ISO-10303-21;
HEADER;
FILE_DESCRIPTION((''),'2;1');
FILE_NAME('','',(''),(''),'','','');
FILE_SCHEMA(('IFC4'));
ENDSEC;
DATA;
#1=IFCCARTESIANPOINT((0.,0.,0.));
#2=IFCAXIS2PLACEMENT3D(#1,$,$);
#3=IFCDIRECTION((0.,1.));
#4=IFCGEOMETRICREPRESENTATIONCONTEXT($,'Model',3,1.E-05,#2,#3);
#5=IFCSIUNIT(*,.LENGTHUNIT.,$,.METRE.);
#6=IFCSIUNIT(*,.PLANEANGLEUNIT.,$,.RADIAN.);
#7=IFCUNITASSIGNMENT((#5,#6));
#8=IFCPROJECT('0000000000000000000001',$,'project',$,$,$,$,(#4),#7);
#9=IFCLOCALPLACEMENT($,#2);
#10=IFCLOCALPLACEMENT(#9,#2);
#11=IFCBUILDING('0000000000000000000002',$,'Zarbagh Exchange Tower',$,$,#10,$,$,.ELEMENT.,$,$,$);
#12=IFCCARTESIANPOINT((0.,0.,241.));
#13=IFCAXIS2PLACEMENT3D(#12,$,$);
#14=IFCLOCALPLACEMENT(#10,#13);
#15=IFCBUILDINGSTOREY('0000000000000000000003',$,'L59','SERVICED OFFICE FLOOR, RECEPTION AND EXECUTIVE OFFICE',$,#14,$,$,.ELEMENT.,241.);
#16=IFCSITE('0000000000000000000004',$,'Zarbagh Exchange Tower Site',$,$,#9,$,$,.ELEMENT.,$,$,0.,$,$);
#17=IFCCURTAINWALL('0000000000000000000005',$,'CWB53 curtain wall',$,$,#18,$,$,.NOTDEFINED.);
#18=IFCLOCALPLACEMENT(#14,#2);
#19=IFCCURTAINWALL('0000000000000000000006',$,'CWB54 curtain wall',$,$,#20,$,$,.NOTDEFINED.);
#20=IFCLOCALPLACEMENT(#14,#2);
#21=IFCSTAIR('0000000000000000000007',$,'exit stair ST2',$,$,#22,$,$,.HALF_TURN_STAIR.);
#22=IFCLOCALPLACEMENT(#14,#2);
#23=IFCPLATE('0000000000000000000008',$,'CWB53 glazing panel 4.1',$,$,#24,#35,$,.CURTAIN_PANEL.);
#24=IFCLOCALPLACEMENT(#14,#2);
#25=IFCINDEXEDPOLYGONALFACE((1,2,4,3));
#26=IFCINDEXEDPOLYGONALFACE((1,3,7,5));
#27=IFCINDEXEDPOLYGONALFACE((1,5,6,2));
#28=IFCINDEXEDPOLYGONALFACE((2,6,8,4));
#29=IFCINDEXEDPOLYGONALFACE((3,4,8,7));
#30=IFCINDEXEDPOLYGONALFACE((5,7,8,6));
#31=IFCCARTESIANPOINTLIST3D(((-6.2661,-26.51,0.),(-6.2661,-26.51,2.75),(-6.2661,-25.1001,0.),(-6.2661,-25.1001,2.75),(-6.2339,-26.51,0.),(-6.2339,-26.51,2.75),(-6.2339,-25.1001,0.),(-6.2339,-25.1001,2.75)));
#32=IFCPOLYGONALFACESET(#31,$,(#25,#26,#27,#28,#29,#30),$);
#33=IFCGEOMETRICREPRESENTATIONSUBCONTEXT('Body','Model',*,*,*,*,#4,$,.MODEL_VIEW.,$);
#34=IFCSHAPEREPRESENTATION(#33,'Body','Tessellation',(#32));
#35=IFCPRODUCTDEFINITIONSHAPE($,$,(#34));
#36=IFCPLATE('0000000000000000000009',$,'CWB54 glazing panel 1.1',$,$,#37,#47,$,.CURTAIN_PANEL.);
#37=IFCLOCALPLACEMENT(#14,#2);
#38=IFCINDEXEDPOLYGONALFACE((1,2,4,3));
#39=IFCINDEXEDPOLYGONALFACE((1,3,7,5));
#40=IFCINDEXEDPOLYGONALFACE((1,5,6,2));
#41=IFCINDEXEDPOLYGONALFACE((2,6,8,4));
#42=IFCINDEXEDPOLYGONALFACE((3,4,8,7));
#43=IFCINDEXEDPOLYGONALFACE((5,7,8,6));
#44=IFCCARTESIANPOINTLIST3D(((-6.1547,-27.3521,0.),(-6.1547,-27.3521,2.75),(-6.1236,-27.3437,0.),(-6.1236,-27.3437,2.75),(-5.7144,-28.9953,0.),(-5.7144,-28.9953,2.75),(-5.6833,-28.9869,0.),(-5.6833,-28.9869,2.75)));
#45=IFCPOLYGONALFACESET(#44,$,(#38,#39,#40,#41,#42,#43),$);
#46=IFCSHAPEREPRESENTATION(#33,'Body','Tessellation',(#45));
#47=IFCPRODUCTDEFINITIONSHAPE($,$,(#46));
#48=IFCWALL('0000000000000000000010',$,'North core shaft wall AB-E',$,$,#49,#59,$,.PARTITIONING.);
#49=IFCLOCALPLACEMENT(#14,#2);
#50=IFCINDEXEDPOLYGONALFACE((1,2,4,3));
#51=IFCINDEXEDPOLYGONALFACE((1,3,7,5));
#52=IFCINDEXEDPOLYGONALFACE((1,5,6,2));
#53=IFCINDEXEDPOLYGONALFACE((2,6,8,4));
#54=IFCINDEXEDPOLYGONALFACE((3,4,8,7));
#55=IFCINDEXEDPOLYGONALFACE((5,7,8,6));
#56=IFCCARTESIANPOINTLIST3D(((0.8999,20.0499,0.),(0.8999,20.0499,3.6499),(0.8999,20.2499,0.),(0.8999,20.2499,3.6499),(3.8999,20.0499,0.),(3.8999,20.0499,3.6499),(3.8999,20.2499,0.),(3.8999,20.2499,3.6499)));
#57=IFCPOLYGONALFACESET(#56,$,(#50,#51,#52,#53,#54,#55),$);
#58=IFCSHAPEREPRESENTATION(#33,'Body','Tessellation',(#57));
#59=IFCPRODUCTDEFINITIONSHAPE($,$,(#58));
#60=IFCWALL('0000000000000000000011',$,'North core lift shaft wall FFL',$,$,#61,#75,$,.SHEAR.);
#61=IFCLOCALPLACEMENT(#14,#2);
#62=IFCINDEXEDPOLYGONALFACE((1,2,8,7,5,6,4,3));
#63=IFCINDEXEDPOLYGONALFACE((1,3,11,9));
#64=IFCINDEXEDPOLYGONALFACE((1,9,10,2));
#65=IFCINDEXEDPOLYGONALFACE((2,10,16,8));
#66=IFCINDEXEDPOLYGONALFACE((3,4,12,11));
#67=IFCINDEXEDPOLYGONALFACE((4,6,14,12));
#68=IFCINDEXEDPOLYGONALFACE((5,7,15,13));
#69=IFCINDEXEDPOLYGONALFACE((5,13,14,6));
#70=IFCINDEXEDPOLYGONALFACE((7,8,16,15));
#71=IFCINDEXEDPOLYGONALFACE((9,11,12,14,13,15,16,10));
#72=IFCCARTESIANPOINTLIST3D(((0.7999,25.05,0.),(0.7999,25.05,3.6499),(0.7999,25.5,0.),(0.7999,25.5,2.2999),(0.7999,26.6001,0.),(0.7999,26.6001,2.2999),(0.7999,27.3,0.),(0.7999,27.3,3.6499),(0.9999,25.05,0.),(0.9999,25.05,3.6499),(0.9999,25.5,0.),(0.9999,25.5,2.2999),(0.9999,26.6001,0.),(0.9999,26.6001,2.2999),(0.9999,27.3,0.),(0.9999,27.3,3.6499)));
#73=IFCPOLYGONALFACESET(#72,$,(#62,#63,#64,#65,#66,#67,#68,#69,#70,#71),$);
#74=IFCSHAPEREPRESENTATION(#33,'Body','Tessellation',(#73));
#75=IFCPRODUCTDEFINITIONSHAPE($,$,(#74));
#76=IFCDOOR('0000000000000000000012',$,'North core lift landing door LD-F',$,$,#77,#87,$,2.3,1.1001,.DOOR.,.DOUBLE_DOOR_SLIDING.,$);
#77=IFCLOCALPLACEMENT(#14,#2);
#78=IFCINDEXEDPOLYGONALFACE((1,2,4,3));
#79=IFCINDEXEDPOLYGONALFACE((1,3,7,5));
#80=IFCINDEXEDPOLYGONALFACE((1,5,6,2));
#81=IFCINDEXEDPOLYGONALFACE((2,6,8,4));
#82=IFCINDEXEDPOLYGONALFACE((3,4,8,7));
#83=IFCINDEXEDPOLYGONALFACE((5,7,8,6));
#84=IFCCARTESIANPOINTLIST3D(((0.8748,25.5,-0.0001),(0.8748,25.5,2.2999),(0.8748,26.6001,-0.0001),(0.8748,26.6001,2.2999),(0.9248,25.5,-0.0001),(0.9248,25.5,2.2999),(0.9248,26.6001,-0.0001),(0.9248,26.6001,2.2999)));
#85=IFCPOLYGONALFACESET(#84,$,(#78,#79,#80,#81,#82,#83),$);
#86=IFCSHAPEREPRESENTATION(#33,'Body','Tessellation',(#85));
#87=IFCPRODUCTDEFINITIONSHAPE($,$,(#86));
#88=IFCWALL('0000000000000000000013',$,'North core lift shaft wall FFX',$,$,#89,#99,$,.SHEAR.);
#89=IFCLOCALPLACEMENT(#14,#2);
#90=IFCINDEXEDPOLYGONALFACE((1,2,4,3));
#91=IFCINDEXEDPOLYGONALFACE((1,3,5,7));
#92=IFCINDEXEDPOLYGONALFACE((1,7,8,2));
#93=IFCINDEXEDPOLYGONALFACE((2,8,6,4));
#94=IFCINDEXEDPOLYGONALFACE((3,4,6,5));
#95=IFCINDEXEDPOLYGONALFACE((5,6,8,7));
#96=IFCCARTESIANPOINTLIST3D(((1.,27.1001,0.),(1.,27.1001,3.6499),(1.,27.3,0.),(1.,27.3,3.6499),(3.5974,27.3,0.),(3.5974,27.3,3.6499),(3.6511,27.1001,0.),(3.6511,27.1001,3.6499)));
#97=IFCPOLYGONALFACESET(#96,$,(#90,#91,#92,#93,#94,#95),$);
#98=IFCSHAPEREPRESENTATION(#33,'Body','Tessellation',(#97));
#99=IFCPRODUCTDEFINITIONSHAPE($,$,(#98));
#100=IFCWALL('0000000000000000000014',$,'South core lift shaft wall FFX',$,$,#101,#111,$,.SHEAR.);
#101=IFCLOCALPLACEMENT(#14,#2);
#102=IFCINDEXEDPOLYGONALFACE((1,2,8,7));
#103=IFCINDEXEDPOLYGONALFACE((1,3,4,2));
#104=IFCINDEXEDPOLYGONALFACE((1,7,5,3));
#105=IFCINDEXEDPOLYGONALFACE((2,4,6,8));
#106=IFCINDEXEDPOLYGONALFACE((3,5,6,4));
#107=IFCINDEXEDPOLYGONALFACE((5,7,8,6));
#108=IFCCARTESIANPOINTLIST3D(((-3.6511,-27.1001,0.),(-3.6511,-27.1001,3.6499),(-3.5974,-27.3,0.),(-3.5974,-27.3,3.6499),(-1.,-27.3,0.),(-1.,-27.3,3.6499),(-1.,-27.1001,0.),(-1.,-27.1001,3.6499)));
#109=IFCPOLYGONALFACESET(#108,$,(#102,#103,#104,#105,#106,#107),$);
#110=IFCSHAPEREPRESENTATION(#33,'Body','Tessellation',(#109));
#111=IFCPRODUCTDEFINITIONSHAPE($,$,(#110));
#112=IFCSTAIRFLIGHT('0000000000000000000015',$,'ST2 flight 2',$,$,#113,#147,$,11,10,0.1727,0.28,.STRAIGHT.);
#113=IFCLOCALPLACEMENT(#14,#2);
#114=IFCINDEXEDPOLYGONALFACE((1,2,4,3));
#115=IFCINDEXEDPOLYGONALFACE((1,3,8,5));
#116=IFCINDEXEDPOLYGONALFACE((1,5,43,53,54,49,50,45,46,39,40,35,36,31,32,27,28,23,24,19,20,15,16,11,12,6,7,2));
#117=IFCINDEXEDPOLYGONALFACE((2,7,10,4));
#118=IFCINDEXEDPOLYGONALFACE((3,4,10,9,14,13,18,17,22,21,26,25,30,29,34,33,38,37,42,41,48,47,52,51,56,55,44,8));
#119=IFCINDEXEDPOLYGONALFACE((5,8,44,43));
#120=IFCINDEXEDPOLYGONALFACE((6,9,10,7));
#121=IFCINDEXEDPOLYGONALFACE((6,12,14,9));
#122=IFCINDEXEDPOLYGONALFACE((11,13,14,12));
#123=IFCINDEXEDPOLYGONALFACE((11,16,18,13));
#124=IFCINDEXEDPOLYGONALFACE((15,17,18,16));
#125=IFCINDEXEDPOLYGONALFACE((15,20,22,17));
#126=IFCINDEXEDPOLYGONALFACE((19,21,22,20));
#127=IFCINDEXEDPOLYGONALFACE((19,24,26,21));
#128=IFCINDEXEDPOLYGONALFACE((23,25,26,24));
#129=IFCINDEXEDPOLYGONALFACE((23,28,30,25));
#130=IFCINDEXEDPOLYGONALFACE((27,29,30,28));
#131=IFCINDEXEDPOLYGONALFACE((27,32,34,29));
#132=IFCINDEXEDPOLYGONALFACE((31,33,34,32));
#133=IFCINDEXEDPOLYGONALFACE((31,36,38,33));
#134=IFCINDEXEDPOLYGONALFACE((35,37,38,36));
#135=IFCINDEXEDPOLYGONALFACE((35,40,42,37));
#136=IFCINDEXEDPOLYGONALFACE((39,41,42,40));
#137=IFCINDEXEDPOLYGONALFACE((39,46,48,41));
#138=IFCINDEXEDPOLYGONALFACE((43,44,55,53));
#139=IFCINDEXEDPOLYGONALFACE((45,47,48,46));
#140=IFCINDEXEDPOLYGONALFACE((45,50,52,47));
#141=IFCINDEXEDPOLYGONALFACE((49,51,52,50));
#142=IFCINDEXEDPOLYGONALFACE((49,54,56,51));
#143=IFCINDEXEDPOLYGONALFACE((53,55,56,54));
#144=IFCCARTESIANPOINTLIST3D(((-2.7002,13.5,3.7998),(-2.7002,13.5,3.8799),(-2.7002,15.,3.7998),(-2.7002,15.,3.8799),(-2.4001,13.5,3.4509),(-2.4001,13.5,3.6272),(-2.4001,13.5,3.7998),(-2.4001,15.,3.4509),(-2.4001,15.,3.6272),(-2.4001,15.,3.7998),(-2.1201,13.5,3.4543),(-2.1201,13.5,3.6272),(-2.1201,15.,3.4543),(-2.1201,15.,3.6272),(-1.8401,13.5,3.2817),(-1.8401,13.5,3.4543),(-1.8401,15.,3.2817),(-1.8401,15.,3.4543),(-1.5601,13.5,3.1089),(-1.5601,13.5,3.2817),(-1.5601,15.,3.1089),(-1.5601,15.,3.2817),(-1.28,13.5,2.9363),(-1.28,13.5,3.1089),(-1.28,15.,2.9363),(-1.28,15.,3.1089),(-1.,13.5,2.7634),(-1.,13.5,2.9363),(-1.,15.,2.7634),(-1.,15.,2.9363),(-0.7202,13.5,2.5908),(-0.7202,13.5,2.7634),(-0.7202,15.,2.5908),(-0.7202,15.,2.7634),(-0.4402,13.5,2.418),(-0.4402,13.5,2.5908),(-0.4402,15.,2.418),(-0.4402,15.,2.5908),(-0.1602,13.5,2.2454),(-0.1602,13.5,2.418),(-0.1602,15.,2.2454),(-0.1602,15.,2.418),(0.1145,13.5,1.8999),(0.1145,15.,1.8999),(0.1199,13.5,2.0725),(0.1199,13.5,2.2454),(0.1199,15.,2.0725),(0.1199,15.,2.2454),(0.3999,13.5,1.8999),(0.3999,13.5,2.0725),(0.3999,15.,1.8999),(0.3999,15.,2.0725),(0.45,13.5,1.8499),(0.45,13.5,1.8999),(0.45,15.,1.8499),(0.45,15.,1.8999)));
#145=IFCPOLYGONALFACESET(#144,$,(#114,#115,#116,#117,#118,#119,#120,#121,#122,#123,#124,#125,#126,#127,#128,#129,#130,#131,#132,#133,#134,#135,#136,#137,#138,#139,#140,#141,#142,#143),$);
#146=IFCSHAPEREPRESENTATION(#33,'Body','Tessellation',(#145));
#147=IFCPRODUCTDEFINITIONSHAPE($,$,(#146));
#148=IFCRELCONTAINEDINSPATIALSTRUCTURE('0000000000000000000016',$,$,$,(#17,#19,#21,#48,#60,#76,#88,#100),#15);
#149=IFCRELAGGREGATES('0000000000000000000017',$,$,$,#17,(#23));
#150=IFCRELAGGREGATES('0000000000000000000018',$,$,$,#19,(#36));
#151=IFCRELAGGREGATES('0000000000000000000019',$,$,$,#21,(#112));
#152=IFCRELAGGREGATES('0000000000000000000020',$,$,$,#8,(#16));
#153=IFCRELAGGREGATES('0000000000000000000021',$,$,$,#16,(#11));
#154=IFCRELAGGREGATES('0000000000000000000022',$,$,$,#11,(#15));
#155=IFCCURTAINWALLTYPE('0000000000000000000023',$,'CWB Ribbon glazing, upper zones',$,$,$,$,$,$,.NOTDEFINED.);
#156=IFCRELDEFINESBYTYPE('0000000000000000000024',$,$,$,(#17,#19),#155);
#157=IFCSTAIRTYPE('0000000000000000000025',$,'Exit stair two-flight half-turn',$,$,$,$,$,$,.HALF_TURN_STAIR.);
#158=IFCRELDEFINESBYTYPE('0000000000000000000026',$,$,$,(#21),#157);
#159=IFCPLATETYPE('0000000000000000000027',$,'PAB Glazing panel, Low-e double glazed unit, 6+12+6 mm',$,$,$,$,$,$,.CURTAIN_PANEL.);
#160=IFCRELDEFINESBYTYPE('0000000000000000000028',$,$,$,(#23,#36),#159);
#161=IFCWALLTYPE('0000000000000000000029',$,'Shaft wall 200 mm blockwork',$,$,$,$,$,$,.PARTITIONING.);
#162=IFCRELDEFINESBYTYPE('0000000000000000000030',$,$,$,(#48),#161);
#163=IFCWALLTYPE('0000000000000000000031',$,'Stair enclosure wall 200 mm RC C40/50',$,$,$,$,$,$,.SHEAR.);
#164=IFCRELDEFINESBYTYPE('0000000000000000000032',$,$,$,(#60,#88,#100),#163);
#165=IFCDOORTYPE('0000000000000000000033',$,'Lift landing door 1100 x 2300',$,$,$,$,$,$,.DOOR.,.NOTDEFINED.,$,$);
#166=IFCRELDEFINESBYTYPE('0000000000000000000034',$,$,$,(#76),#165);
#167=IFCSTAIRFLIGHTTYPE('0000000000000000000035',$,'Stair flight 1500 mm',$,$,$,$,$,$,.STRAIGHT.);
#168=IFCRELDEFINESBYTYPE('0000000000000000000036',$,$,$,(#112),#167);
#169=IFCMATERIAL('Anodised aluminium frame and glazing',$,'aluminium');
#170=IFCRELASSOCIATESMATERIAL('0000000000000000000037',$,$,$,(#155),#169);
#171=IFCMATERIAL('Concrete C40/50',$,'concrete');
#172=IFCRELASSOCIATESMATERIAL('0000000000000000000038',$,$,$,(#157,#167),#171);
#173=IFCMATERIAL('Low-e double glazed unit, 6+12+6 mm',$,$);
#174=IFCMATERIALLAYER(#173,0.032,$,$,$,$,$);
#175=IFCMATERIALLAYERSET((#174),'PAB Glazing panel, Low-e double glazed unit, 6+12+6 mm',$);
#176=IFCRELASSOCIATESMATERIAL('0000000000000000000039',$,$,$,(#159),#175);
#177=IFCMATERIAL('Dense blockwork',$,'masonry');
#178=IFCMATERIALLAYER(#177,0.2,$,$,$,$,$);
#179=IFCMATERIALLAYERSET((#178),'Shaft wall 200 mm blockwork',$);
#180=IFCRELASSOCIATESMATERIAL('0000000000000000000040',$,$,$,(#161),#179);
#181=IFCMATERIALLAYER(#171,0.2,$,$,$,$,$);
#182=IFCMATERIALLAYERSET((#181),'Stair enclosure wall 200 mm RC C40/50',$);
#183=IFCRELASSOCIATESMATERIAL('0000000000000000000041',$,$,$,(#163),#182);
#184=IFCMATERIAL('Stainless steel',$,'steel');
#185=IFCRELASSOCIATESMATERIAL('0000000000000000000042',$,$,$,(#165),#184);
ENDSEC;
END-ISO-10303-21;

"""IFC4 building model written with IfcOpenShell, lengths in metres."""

from ifc_helpers import new_model, si_unit, direction, frame, frame_2d, origin, place, context, subcontext, project, spatial, polyline, rectangle, outline, extrude, source, transform, mapped, material, layer, layer_set, type_object, element, fill, aggregate, save


model = new_model("IFC4")

# Units and contexts
model_context = context("Model", 3, precision=1e-05, world=origin(), true_north=direction((0.0, 1.0)))
body_context = subcontext(model_context, "Body", "Model", "MODEL_VIEW")
ifc_project = project(units=[si_unit("LENGTHUNIT", "METRE"), si_unit("PLANEANGLEUNIT", "RADIAN")], contexts=[model_context])

# Site, building, storey
site_placement = place(None, origin())
site = spatial("IfcSite", under=ifc_project, at=site_placement, Name="Zarbagh Exchange Tower Site", CompositionType="ELEMENT", RefElevation=0.0)
building_placement = place(site_placement, origin())
building = spatial("IfcBuilding", under=site, at=building_placement, Name="Zarbagh Exchange Tower", CompositionType="ELEMENT")
storey_placement = place(building_placement, frame((0.0, 0.0, 241.0)))
storey = spatial("IfcBuildingStorey", under=building, at=storey_placement, Name="L59", Description="SERVICED OFFICE FLOOR, RECEPTION AND EXECUTIVE OFFICE", CompositionType="ELEMENT", Elevation=241.0)

# Curtain wall
ifc_material_1 = material(Name="Anodised aluminium frame and glazing", Category="aluminium")
curtain_wall_type = type_object("IfcCurtainWallType", Name="CWB Ribbon glazing, upper zones", PredefinedType="NOTDEFINED", material=ifc_material_1)
curtain_wall_1_placement = place(storey_placement, origin())
curtain_wall_1 = element("IfcCurtainWall", 1, at=curtain_wall_1_placement, inside=storey, type_object=curtain_wall_type, Name="CWB53 curtain wall", PredefinedType="NOTDEFINED")
placement = place(storey_placement, origin())

# Curtain wall
curtain_wall_2_placement = place(storey_placement, origin())
curtain_wall_2 = element("IfcCurtainWall", 2, at=curtain_wall_2_placement, inside=storey, type_object=curtain_wall_type, Name="CWB54 curtain wall", PredefinedType="NOTDEFINED")

# Stair
ifc_material_2 = material(Name="Concrete C40/50", Category="concrete")
stair_type = type_object("IfcStairType", Name="Exit stair two-flight half-turn", PredefinedType="HALF_TURN_STAIR", material=ifc_material_2)
stair_1_placement = place(storey_placement, origin())
stair_1 = element("IfcStair", 3, at=stair_1_placement, inside=storey, type_object=stair_type, Name="exit stair ST2", PredefinedType="HALF_TURN_STAIR")

# Shared definitions
ifc_material_3 = material(Name="Low-e double glazed unit, 6+12+6 mm")
ifc_layer_1 = layer(ifc_material_3, 0.032)
ifc_layer_set_1 = layer_set([ifc_layer_1], Name="PAB Glazing panel, Low-e double glazed unit, 6+12+6 mm")
plate_type = type_object("IfcPlateType", Name="PAB Glazing panel, Low-e double glazed unit, 6+12+6 mm", PredefinedType="CURTAIN_PANEL", material=ifc_layer_set_1)

# Plates
shared_shape_1 = source(origin(), body_context, "Body", "SweptSolid", [
    extrude(outline(polyline([(0.0, -0.0161), (1.4099, -0.0161), (1.4099, 0.0161), (0.0, 0.0161), (0.0, -0.0161)])), origin(), (0.0, 0.0, 1.0), 2.75),
])
plate_1 = element("IfcPlate", 4, at=placement, type_object=plate_type, Name="CWB53 glazing panel 4.1", PredefinedType="CURTAIN_PANEL", context=body_context, shape_type="MappedRepresentation", body=[
    mapped(shared_shape_1, transform((-6.25, -25.1001, 0.0), x_axis=(0.0, -1.0, 0.0), y_axis=(1.0, 0.0, 0.0), z_axis=(0.0, 0.0, 1.0))),
])
aggregate(curtain_wall_1, [plate_1])
shared_shape_2 = source(origin(), body_context, "Body", "SweptSolid", [
    extrude(outline(polyline([(0.0, -0.0161), (1.7012, -0.0161), (1.7012, 0.0161), (0.0, 0.0161), (0.0, -0.0161)])), origin(), (0.0, 0.0, 1.0), 2.75),
])
plate_2 = element("IfcPlate", 5, at=placement, type_object=plate_type, Name="CWB54 glazing panel 1.1", PredefinedType="CURTAIN_PANEL", context=body_context, shape_type="MappedRepresentation", body=[
    mapped(shared_shape_2, transform((-6.1392, -27.3479, 0.0), x_axis=(0.258825, -0.965924, 0.0), y_axis=(0.965924, 0.258825, 0.0), z_axis=(0.0, 0.0, 1.0))),
])
aggregate(curtain_wall_2, [plate_2])

# Wall
ifc_material_4 = material(Name="Dense blockwork", Category="masonry")
ifc_layer_2 = layer(ifc_material_4, 0.2)
ifc_layer_set_2 = layer_set([ifc_layer_2], Name="Shaft wall 200 mm blockwork")
wall_type_1 = type_object("IfcWallType", Name="Shaft wall 200 mm blockwork", PredefinedType="PARTITIONING", material=ifc_layer_set_2)
wall_1_placement = place(storey_placement, frame((0.8999, 20.1499, 0.0), z_axis=(0.0, 0.0, 1.0), x_axis=(1.0, 0.0, 0.0)))
element("IfcWall", 6, at=wall_1_placement, inside=storey, type_object=wall_type_1, Name="North core shaft wall AB-E", PredefinedType="PARTITIONING", context=body_context, shape_type="SweptSolid", body=[
    extrude(rectangle(XDim=3.0, YDim=0.2, at=frame_2d((1.5, 0.0))), origin(), (0.0, 0.0, 1.0), 3.6499),
])

# Wall, opening, door
ifc_layer_3 = layer(ifc_material_2, 0.2)
ifc_layer_set_3 = layer_set([ifc_layer_3], Name="Stair enclosure wall 200 mm RC C40/50")
wall_type_2 = type_object("IfcWallType", Name="Stair enclosure wall 200 mm RC C40/50", PredefinedType="SHEAR", material=ifc_layer_set_3)
wall_2_placement = place(storey_placement, frame((0.8999, 27.3, 0.0), z_axis=(0.0, 0.0, 1.0), x_axis=(0.0, -1.0, 0.0)))
wall_2 = element("IfcWall", 7, at=wall_2_placement, inside=storey, type_object=wall_type_2, Name="North core lift shaft wall FFL", PredefinedType="SHEAR", context=body_context, shape_type="SweptSolid", body=[
    extrude(rectangle(XDim=2.25, YDim=0.2, at=frame_2d((1.125, 0.0))), origin(), (0.0, 0.0, 1.0), 3.6499),
])
opening_placement = place(wall_2_placement, frame((0.7, 0.0, 0.0)))
opening = element("IfcOpeningElement", 8, at=opening_placement, cuts=wall_2, PredefinedType="OPENING", context=body_context, shape_type="SweptSolid", body=[
    extrude(rectangle(XDim=1.1001, YDim=2.3, at=frame_2d((0.55, 1.1499))), frame((0.0, 0.1099, 0.0), z_axis=(0.0, -1.0, 0.0), x_axis=(1.0, 0.0, 0.0)), (0.0, 0.0, 1.0), 0.22),
])
ifc_material_5 = material(Name="Stainless steel", Category="steel")
door_type = type_object("IfcDoorType", Name="Lift landing door 1100 x 2300", OperationType="NOTDEFINED", PredefinedType="DOOR", material=ifc_material_5)
door_placement = place(opening_placement, origin())
door = element("IfcDoor", 9, at=door_placement, inside=storey, type_object=door_type, Name="North core lift landing door LD-F", OperationType="DOUBLE_DOOR_SLIDING", OverallHeight=2.3, OverallWidth=1.1001, PredefinedType="DOOR", context=body_context, shape_type="SweptSolid", body=[
    extrude(rectangle(XDim=1.1001, YDim=2.3, at=frame_2d((0.55, 1.1499))), frame((0.0, 0.0249, 0.0), z_axis=(0.0, -1.0, 0.0), x_axis=(1.0, 0.0, 0.0)), (0.0, 0.0, 1.0), 0.05),
])
fill(opening, door)

# Walls
wall_3_placement = place(storey_placement, origin())
element("IfcWall", 10, at=wall_3_placement, inside=storey, type_object=wall_type_2, Name="North core lift shaft wall FFX", PredefinedType="SHEAR", context=body_context, shape_type="SweptSolid", body=[
    extrude(outline(polyline([(1.0, 27.1001), (3.6511, 27.1001), (3.5974, 27.3), (1.0, 27.3), (1.0, 27.1001)])), origin(), (0.0, 0.0, 1.0), 3.6499),
])
wall_4_placement = place(storey_placement, origin())
element("IfcWall", 11, at=wall_4_placement, inside=storey, type_object=wall_type_2, Name="South core lift shaft wall FFX", PredefinedType="SHEAR", context=body_context, shape_type="SweptSolid", body=[
    extrude(outline(polyline([(-1.0, -27.1001), (-3.6511, -27.1001), (-3.5974, -27.3), (-1.0, -27.3), (-1.0, -27.1001)])), origin(), (0.0, 0.0, 1.0), 3.6499),
])

# Stair flight
stair_flight_type = type_object("IfcStairFlightType", Name="Stair flight 1500 mm", PredefinedType="STRAIGHT", material=ifc_material_2)
stair_flight_placement = place(storey_placement, frame((0.3999, 14.25, 1.8999), z_axis=(0.0, 0.0, 1.0), x_axis=(-1.0, 0.0, 0.0)))
stair_flight = element("IfcStairFlight", 12, at=stair_flight_placement, type_object=stair_flight_type, Name="ST2 flight 2", NumberOfRisers=11, NumberOfTreads=10, PredefinedType="STRAIGHT", RiserHeight=0.1727, TreadLength=0.28, context=body_context, shape_type="SweptSolid", body=[
    extrude(outline(polyline([(-0.05, -0.05), (-0.05, 0.0), (0.0, 0.0), (0.0, 0.1726), (0.28, 0.1726), (0.28, 0.3455), (0.5601, 0.3455), (0.5601, 0.5181), (0.8401, 0.5181), (0.8401, 0.6909), (1.1201, 0.6909), (1.1201, 0.8635), (1.3999, 0.8635), (1.3999, 1.0364), (1.6799, 1.0364), (1.6799, 1.209), (1.96, 1.209), (1.96, 1.3818), (2.24, 1.3818), (2.24, 1.5544), (2.52, 1.5544), (2.52, 1.7273), (2.8, 1.7273), (2.8, 1.8999), (3.1001, 1.98), (3.1001, 1.8999), (2.8, 1.551), (0.2854, 0.0), (-0.05, -0.05)])), frame((0.0, 0.75, 0.0), z_axis=(0.0, -1.0, 0.0), x_axis=(1.0, 0.0, 0.0)), (0.0, 0.0, 1.0), 1.5),
])
aggregate(stair_1, [stair_flight])

save(model, "model.ifc")
